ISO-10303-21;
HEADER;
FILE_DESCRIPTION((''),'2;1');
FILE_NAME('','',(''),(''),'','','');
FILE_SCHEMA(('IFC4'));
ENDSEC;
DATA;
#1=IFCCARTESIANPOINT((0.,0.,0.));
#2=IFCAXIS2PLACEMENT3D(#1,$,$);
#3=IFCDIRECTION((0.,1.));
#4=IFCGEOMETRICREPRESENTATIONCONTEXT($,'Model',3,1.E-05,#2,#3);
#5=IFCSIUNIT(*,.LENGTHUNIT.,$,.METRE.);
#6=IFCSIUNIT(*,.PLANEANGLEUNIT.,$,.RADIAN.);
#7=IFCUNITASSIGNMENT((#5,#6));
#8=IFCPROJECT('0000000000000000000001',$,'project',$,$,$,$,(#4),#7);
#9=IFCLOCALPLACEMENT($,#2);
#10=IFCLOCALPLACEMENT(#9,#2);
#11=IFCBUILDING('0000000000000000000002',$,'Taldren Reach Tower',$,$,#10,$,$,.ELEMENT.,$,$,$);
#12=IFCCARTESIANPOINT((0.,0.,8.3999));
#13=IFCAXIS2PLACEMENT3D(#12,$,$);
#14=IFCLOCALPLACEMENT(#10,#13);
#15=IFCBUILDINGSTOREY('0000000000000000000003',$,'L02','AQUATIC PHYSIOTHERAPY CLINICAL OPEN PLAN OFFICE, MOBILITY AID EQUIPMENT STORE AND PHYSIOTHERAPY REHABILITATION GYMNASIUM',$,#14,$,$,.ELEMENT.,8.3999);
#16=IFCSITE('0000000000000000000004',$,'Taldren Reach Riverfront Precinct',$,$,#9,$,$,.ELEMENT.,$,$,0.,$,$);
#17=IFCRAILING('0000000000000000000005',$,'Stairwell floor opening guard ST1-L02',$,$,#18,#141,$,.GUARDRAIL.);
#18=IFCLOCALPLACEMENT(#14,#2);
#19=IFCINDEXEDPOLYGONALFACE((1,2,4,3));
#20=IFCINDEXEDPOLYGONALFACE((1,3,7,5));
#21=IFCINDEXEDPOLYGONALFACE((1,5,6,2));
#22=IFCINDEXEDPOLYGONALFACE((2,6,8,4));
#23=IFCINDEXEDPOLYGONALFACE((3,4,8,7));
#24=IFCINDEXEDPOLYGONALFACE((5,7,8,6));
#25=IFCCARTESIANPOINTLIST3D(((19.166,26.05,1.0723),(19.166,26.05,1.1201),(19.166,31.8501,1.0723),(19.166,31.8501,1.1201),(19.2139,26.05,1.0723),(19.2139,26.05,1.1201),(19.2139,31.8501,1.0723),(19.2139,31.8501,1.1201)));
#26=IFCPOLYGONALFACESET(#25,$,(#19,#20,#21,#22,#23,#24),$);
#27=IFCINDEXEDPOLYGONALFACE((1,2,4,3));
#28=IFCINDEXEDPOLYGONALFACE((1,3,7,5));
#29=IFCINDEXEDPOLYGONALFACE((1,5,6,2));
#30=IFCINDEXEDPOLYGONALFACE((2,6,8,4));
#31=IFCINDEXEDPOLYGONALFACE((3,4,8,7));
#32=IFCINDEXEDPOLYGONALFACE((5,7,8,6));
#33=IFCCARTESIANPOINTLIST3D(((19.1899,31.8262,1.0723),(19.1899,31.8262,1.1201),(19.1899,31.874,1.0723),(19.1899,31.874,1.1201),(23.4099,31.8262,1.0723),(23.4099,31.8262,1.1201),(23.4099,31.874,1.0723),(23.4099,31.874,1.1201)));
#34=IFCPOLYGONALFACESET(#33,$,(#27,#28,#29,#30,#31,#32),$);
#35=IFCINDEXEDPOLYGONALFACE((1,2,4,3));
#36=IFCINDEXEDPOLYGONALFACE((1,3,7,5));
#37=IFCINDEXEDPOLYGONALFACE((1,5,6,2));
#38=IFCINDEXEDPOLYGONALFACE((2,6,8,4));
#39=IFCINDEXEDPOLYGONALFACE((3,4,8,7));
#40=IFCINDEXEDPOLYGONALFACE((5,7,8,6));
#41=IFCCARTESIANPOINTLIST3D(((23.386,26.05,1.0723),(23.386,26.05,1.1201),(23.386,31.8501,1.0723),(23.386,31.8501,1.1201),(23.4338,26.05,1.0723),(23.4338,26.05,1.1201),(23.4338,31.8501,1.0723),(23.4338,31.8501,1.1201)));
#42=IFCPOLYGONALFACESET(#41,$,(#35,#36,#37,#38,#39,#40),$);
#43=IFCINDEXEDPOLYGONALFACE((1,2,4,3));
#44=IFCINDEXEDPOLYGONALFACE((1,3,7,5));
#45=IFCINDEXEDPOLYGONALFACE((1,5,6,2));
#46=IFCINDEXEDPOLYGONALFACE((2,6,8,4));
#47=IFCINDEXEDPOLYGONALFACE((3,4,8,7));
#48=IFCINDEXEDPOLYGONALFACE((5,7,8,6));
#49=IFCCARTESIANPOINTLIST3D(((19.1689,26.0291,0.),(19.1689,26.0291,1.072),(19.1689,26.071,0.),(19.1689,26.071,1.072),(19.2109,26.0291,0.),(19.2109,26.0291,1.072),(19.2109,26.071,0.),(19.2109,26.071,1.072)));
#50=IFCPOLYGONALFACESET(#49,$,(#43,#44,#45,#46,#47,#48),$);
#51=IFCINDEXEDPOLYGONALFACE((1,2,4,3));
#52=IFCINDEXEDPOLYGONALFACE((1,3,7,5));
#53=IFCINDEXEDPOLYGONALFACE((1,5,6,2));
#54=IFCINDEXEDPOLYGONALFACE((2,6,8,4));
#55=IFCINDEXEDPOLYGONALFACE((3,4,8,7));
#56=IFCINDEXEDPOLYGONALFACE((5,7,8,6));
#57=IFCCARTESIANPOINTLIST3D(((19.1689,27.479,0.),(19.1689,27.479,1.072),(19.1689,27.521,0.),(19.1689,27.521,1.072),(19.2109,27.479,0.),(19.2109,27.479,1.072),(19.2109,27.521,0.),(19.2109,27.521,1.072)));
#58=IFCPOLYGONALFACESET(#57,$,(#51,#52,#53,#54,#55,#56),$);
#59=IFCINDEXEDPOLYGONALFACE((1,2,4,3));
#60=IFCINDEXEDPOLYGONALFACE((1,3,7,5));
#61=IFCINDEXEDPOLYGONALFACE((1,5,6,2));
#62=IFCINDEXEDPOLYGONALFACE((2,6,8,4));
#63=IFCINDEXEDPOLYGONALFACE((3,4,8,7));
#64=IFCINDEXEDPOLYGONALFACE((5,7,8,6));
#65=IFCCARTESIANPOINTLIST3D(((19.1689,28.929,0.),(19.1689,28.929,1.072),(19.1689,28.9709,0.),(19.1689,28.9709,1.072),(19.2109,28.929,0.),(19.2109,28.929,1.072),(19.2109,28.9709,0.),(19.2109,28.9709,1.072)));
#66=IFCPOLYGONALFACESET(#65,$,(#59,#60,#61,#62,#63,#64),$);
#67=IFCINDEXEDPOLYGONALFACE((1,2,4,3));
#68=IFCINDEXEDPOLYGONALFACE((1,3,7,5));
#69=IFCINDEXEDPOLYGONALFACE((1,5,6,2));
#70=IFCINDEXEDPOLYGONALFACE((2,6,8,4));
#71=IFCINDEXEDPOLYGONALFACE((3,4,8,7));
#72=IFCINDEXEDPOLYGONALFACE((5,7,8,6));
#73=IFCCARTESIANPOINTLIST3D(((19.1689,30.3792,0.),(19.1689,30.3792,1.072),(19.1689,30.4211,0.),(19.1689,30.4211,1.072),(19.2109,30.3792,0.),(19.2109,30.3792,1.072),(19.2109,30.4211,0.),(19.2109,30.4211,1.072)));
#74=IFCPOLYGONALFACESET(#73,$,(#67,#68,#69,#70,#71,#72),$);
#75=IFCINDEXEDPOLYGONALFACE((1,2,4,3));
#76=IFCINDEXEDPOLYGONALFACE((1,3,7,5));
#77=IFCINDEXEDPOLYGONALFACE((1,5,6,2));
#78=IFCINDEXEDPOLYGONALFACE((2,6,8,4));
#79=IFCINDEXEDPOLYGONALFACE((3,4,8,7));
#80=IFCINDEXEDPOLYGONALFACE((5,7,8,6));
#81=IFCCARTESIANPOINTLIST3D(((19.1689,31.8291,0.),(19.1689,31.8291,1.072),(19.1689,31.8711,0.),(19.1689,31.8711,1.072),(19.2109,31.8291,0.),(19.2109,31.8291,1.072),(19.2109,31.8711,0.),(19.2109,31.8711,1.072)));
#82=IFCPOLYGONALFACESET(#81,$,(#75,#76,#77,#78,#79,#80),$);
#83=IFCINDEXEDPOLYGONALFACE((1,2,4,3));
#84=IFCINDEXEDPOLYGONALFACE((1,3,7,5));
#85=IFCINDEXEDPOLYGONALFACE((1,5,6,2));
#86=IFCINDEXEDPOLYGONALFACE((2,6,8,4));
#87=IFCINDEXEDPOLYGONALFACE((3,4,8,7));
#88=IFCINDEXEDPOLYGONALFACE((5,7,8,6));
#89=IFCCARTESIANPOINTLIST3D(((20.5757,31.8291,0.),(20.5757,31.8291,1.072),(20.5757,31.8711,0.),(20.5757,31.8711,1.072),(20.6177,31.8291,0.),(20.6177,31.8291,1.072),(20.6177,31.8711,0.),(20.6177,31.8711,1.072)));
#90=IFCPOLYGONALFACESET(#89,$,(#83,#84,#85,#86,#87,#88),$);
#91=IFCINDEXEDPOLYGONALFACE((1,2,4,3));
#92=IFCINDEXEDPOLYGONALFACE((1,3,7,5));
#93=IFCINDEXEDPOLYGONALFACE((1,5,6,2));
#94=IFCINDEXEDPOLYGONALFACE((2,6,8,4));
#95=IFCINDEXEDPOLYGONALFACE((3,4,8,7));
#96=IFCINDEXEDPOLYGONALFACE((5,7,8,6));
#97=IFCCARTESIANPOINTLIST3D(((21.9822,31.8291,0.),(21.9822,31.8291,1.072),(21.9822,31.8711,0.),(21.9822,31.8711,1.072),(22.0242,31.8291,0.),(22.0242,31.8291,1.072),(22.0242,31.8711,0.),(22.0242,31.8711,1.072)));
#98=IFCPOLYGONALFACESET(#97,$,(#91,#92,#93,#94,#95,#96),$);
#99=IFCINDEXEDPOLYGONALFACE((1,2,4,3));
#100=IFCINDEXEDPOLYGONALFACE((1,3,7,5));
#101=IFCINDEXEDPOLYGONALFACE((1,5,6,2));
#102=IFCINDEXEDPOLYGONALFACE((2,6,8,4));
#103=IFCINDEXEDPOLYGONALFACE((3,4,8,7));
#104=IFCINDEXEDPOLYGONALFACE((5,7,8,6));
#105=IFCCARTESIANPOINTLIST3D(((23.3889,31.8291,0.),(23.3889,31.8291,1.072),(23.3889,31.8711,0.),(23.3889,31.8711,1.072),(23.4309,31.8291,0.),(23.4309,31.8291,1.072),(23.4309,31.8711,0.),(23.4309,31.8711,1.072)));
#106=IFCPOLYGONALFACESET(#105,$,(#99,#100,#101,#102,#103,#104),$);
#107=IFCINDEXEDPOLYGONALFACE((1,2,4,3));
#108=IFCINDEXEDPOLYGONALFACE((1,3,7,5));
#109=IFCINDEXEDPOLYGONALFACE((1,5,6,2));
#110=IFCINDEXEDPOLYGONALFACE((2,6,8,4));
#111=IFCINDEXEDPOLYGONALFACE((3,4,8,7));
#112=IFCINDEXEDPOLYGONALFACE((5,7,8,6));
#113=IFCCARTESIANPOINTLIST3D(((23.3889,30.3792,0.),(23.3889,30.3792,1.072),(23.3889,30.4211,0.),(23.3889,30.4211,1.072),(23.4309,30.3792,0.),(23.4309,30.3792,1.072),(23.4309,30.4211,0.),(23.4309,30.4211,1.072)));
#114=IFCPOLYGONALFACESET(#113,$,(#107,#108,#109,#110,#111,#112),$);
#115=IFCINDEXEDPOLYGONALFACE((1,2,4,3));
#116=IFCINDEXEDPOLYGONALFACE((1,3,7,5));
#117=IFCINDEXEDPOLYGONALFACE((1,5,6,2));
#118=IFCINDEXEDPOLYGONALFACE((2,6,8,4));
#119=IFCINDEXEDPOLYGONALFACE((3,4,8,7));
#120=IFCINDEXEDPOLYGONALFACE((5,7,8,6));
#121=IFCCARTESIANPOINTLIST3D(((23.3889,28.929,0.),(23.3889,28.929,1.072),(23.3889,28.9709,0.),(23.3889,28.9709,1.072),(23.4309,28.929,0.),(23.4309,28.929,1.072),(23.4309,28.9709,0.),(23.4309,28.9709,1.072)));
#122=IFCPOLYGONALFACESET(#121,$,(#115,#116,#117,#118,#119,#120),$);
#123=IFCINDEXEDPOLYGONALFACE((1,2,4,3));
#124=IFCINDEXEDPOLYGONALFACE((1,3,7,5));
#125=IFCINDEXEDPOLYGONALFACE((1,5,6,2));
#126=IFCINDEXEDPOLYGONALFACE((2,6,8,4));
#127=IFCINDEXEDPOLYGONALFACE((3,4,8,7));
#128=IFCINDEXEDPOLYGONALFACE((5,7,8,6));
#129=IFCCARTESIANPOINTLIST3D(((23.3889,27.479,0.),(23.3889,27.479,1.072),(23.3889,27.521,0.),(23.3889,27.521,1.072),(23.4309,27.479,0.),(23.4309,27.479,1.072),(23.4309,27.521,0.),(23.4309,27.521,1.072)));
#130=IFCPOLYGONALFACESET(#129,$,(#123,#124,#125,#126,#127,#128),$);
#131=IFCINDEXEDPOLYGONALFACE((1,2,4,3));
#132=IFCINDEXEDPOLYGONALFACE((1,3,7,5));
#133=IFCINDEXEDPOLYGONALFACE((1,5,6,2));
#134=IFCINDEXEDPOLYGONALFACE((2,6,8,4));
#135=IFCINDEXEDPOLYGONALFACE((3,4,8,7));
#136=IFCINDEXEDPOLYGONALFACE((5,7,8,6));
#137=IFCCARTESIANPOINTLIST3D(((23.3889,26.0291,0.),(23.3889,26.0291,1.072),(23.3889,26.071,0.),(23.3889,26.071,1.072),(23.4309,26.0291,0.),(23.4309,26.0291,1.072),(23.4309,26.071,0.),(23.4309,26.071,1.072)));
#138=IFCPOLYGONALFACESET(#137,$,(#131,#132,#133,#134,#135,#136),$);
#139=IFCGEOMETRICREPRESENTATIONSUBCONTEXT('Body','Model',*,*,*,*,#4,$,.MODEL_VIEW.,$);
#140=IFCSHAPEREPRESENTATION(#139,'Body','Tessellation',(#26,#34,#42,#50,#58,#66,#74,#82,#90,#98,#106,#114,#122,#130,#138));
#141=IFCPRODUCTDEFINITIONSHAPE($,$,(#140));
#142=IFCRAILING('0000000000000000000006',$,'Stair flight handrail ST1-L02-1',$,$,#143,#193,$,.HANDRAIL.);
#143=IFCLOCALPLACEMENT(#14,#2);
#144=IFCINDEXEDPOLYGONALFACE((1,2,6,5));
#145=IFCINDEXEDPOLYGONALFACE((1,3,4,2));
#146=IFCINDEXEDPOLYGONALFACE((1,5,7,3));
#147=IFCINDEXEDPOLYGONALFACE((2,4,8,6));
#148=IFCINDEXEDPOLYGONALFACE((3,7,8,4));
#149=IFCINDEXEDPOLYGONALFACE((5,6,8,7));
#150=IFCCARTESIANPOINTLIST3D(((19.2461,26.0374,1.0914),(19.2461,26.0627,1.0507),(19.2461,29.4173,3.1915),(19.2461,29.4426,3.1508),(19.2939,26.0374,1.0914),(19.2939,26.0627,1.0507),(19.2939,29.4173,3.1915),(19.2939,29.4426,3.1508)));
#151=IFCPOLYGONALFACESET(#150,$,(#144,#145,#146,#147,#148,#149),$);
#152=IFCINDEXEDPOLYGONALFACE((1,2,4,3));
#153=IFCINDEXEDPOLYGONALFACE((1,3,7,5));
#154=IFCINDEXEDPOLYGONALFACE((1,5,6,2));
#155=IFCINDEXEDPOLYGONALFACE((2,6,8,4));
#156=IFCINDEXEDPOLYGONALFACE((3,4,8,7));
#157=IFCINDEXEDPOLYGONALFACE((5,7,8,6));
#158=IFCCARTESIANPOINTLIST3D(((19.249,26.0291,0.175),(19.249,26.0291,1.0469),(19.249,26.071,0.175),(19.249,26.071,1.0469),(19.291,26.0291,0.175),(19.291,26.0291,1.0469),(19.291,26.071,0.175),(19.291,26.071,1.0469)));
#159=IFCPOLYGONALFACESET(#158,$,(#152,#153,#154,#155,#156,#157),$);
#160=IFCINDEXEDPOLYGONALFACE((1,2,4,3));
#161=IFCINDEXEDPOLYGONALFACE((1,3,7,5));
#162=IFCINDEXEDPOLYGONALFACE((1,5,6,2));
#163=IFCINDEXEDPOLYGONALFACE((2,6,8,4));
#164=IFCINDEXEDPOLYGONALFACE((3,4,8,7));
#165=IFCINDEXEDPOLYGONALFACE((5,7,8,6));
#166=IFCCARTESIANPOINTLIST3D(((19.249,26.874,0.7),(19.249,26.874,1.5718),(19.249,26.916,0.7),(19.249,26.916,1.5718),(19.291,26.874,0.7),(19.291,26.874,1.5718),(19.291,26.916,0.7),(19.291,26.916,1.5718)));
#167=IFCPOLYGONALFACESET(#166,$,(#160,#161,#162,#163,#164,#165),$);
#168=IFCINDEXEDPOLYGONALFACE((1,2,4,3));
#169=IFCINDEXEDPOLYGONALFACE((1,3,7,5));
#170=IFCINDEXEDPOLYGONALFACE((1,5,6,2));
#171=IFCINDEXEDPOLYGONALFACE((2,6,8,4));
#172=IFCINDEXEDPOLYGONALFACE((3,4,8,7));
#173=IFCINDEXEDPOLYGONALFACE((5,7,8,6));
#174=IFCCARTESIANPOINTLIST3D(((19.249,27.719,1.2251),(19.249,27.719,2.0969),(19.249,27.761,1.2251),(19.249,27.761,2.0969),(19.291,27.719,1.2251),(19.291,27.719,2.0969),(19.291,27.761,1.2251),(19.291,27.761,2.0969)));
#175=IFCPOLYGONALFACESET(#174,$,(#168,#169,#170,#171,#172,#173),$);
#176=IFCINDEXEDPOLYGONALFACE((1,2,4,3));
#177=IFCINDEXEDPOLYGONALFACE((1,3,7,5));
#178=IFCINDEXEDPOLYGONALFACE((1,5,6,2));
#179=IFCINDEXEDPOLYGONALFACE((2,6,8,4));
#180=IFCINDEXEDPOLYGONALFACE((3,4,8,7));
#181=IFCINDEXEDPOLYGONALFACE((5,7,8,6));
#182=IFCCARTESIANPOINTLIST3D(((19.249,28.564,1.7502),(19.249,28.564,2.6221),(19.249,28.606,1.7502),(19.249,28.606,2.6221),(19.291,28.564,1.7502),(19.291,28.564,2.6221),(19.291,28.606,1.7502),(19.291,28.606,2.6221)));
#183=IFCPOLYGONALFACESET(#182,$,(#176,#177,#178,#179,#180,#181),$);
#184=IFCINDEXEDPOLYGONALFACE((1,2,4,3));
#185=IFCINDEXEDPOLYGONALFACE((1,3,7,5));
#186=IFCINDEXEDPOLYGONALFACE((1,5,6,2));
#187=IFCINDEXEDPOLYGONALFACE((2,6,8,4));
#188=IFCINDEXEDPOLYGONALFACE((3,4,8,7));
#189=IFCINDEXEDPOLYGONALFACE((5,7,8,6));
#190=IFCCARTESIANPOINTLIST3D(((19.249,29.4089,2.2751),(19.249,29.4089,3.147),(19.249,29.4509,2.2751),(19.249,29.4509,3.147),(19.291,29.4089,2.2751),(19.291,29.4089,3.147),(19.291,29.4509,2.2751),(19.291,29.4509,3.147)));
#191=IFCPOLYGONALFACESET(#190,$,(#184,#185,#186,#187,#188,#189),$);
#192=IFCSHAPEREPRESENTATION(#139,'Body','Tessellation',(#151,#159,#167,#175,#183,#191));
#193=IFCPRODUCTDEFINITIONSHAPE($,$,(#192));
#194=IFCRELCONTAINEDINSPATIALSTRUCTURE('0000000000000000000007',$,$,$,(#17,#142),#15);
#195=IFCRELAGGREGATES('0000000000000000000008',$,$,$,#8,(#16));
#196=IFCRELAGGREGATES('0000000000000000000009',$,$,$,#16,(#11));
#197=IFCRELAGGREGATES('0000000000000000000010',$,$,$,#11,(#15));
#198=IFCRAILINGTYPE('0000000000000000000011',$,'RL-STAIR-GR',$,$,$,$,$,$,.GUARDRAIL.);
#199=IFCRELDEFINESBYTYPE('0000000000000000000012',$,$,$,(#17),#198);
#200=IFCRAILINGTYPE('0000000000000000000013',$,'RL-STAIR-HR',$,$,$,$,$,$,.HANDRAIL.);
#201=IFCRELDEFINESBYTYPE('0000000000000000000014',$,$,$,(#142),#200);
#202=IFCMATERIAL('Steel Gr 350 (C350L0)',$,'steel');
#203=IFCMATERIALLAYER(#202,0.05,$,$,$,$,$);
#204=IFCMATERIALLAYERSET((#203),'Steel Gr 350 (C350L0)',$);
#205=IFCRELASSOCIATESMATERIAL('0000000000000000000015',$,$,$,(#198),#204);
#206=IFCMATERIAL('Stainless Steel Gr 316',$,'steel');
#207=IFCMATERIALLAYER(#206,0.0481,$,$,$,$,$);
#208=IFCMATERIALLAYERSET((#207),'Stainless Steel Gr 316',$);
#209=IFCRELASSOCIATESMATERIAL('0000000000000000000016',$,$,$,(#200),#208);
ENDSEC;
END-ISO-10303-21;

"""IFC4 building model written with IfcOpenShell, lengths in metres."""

from ifc_helpers import new_model, si_unit, direction, frame, origin, origin_2d, place, context, subcontext, project, spatial, rectangle, extrude, material, layer, layer_set, type_object, element, save


model = new_model("IFC4")

# Units and contexts
model_context = context("Model", 3, precision=1e-05, world=origin(), true_north=direction((0.0, 1.0)))
body_context = subcontext(model_context, "Body", "Model", "MODEL_VIEW")
ifc_project = project(units=[si_unit("LENGTHUNIT", "METRE"), si_unit("PLANEANGLEUNIT", "RADIAN")], contexts=[model_context])

# Site, building, storey
site_placement = place(None, origin())
site = spatial("IfcSite", under=ifc_project, at=site_placement, Name="Taldren Reach Riverfront Precinct", CompositionType="ELEMENT", RefElevation=0.0)
building_placement = place(site_placement, origin())
building = spatial("IfcBuilding", under=site, at=building_placement, Name="Taldren Reach Tower", CompositionType="ELEMENT")
storey_placement = place(building_placement, frame((0.0, 0.0, 8.3999)))
storey = spatial("IfcBuildingStorey", under=building, at=storey_placement, Name="L02", Description="AQUATIC PHYSIOTHERAPY CLINICAL OPEN PLAN OFFICE, MOBILITY AID EQUIPMENT STORE AND PHYSIOTHERAPY REHABILITATION GYMNASIUM", CompositionType="ELEMENT", Elevation=8.3999)

# Railings
ifc_material_1 = material(Name="Steel Gr 350 (C350L0)", Category="steel")
ifc_layer_1 = layer(ifc_material_1, 0.05)
ifc_layer_set_1 = layer_set([ifc_layer_1], Name="Steel Gr 350 (C350L0)")
railing_type_1 = type_object("IfcRailingType", Name="RL-STAIR-GR", PredefinedType="GUARDRAIL", material=ifc_layer_set_1)
railing_1_placement = place(storey_placement, frame((19.1899, 26.05, 0.0)))
element("IfcRailing", 1, at=railing_1_placement, inside=storey, type_object=railing_type_1, Name="Stairwell floor opening guard ST1-L02", PredefinedType="GUARDRAIL", context=body_context, shape_type="SweptSolid", body=[
    extrude(rectangle(XDim=0.0479, YDim=0.0479, at=origin_2d()), frame((0.0, 0.0, 1.0962), z_axis=(0.0, 1.0, 0.0), x_axis=(-1.0, 0.0, 0.0)), (0.0, 0.0, 1.0), 5.8),
    extrude(rectangle(XDim=0.0479, YDim=0.0479, at=origin_2d()), frame((0.0, 5.8, 1.0962), z_axis=(1.0, 0.0, 0.0), x_axis=(0.0, 1.0, 0.0)), (0.0, 0.0, 1.0), 4.22),
    extrude(rectangle(XDim=0.0479, YDim=0.0479, at=origin_2d()), frame((4.22, 5.8, 1.0962), z_axis=(0.0, -1.0, 0.0), x_axis=(1.0, 0.0, 0.0)), (0.0, 0.0, 1.0), 5.8),
    extrude(rectangle(XDim=0.042, YDim=0.042, at=origin_2d()), origin(), (0.0, 0.0, 1.0), 1.072),
    extrude(rectangle(XDim=0.042, YDim=0.042, at=origin_2d()), frame((0.0, 1.45, 0.0)), (0.0, 0.0, 1.0), 1.072),
    extrude(rectangle(XDim=0.042, YDim=0.042, at=origin_2d()), frame((0.0, 2.8999, 0.0)), (0.0, 0.0, 1.0), 1.072),
    extrude(rectangle(XDim=0.042, YDim=0.042, at=origin_2d()), frame((0.0, 4.3501, 0.0)), (0.0, 0.0, 1.0), 1.072),
    extrude(rectangle(XDim=0.042, YDim=0.042, at=origin_2d()), frame((0.0, 5.8, 0.0)), (0.0, 0.0, 1.0), 1.072),
    extrude(rectangle(XDim=0.042, YDim=0.042, at=origin_2d()), frame((1.4067, 5.8, 0.0)), (0.0, 0.0, 1.0), 1.072),
    extrude(rectangle(XDim=0.042, YDim=0.042, at=origin_2d()), frame((2.8132, 5.8, 0.0)), (0.0, 0.0, 1.0), 1.072),
    extrude(rectangle(XDim=0.042, YDim=0.042, at=origin_2d()), frame((4.22, 5.8, 0.0)), (0.0, 0.0, 1.0), 1.072),
    extrude(rectangle(XDim=0.042, YDim=0.042, at=origin_2d()), frame((4.22, 4.3501, 0.0)), (0.0, 0.0, 1.0), 1.072),
    extrude(rectangle(XDim=0.042, YDim=0.042, at=origin_2d()), frame((4.22, 2.8999, 0.0)), (0.0, 0.0, 1.0), 1.072),
    extrude(rectangle(XDim=0.042, YDim=0.042, at=origin_2d()), frame((4.22, 1.45, 0.0)), (0.0, 0.0, 1.0), 1.072),
    extrude(rectangle(XDim=0.042, YDim=0.042, at=origin_2d()), frame((4.22, 0.0, 0.0)), (0.0, 0.0, 1.0), 1.072),
])
ifc_material_2 = material(Name="Stainless Steel Gr 316", Category="steel")
ifc_layer_2 = layer(ifc_material_2, 0.0481)
ifc_layer_set_2 = layer_set([ifc_layer_2], Name="Stainless Steel Gr 316")
railing_type_2 = type_object("IfcRailingType", Name="RL-STAIR-HR", PredefinedType="HANDRAIL", material=ifc_layer_set_2)
railing_2_placement = place(storey_placement, frame((19.27, 26.05, 0.175)))
element("IfcRailing", 2, at=railing_2_placement, inside=storey, type_object=railing_type_2, Name="Stair flight handrail ST1-L02-1", PredefinedType="HANDRAIL", context=body_context, shape_type="SweptSolid", body=[
    extrude(rectangle(XDim=0.0479, YDim=0.0479, at=origin_2d()), frame((0.0, 0.0, 0.896), z_axis=(0.0, 0.849388, 0.527769), x_axis=(-1.0, 0.0, 0.0)), (0.0, 0.0, 1.0), 3.9792),
    extrude(rectangle(XDim=0.042, YDim=0.042, at=origin_2d()), origin(), (0.0, 0.0, 1.0), 0.8718),
    extrude(rectangle(XDim=0.042, YDim=0.042, at=origin_2d()), frame((0.0, 0.845, 0.5249)), (0.0, 0.0, 1.0), 0.8718),
    extrude(rectangle(XDim=0.042, YDim=0.042, at=origin_2d()), frame((0.0, 1.6899, 1.05)), (0.0, 0.0, 1.0), 0.8718),
    extrude(rectangle(XDim=0.042, YDim=0.042, at=origin_2d()), frame((0.0, 2.5349, 1.5752)), (0.0, 0.0, 1.0), 0.8718),
    extrude(rectangle(XDim=0.042, YDim=0.042, at=origin_2d()), frame((0.0, 3.3799, 2.1001)), (0.0, 0.0, 1.0), 0.8718),
])

save(model, "model.ifc")
